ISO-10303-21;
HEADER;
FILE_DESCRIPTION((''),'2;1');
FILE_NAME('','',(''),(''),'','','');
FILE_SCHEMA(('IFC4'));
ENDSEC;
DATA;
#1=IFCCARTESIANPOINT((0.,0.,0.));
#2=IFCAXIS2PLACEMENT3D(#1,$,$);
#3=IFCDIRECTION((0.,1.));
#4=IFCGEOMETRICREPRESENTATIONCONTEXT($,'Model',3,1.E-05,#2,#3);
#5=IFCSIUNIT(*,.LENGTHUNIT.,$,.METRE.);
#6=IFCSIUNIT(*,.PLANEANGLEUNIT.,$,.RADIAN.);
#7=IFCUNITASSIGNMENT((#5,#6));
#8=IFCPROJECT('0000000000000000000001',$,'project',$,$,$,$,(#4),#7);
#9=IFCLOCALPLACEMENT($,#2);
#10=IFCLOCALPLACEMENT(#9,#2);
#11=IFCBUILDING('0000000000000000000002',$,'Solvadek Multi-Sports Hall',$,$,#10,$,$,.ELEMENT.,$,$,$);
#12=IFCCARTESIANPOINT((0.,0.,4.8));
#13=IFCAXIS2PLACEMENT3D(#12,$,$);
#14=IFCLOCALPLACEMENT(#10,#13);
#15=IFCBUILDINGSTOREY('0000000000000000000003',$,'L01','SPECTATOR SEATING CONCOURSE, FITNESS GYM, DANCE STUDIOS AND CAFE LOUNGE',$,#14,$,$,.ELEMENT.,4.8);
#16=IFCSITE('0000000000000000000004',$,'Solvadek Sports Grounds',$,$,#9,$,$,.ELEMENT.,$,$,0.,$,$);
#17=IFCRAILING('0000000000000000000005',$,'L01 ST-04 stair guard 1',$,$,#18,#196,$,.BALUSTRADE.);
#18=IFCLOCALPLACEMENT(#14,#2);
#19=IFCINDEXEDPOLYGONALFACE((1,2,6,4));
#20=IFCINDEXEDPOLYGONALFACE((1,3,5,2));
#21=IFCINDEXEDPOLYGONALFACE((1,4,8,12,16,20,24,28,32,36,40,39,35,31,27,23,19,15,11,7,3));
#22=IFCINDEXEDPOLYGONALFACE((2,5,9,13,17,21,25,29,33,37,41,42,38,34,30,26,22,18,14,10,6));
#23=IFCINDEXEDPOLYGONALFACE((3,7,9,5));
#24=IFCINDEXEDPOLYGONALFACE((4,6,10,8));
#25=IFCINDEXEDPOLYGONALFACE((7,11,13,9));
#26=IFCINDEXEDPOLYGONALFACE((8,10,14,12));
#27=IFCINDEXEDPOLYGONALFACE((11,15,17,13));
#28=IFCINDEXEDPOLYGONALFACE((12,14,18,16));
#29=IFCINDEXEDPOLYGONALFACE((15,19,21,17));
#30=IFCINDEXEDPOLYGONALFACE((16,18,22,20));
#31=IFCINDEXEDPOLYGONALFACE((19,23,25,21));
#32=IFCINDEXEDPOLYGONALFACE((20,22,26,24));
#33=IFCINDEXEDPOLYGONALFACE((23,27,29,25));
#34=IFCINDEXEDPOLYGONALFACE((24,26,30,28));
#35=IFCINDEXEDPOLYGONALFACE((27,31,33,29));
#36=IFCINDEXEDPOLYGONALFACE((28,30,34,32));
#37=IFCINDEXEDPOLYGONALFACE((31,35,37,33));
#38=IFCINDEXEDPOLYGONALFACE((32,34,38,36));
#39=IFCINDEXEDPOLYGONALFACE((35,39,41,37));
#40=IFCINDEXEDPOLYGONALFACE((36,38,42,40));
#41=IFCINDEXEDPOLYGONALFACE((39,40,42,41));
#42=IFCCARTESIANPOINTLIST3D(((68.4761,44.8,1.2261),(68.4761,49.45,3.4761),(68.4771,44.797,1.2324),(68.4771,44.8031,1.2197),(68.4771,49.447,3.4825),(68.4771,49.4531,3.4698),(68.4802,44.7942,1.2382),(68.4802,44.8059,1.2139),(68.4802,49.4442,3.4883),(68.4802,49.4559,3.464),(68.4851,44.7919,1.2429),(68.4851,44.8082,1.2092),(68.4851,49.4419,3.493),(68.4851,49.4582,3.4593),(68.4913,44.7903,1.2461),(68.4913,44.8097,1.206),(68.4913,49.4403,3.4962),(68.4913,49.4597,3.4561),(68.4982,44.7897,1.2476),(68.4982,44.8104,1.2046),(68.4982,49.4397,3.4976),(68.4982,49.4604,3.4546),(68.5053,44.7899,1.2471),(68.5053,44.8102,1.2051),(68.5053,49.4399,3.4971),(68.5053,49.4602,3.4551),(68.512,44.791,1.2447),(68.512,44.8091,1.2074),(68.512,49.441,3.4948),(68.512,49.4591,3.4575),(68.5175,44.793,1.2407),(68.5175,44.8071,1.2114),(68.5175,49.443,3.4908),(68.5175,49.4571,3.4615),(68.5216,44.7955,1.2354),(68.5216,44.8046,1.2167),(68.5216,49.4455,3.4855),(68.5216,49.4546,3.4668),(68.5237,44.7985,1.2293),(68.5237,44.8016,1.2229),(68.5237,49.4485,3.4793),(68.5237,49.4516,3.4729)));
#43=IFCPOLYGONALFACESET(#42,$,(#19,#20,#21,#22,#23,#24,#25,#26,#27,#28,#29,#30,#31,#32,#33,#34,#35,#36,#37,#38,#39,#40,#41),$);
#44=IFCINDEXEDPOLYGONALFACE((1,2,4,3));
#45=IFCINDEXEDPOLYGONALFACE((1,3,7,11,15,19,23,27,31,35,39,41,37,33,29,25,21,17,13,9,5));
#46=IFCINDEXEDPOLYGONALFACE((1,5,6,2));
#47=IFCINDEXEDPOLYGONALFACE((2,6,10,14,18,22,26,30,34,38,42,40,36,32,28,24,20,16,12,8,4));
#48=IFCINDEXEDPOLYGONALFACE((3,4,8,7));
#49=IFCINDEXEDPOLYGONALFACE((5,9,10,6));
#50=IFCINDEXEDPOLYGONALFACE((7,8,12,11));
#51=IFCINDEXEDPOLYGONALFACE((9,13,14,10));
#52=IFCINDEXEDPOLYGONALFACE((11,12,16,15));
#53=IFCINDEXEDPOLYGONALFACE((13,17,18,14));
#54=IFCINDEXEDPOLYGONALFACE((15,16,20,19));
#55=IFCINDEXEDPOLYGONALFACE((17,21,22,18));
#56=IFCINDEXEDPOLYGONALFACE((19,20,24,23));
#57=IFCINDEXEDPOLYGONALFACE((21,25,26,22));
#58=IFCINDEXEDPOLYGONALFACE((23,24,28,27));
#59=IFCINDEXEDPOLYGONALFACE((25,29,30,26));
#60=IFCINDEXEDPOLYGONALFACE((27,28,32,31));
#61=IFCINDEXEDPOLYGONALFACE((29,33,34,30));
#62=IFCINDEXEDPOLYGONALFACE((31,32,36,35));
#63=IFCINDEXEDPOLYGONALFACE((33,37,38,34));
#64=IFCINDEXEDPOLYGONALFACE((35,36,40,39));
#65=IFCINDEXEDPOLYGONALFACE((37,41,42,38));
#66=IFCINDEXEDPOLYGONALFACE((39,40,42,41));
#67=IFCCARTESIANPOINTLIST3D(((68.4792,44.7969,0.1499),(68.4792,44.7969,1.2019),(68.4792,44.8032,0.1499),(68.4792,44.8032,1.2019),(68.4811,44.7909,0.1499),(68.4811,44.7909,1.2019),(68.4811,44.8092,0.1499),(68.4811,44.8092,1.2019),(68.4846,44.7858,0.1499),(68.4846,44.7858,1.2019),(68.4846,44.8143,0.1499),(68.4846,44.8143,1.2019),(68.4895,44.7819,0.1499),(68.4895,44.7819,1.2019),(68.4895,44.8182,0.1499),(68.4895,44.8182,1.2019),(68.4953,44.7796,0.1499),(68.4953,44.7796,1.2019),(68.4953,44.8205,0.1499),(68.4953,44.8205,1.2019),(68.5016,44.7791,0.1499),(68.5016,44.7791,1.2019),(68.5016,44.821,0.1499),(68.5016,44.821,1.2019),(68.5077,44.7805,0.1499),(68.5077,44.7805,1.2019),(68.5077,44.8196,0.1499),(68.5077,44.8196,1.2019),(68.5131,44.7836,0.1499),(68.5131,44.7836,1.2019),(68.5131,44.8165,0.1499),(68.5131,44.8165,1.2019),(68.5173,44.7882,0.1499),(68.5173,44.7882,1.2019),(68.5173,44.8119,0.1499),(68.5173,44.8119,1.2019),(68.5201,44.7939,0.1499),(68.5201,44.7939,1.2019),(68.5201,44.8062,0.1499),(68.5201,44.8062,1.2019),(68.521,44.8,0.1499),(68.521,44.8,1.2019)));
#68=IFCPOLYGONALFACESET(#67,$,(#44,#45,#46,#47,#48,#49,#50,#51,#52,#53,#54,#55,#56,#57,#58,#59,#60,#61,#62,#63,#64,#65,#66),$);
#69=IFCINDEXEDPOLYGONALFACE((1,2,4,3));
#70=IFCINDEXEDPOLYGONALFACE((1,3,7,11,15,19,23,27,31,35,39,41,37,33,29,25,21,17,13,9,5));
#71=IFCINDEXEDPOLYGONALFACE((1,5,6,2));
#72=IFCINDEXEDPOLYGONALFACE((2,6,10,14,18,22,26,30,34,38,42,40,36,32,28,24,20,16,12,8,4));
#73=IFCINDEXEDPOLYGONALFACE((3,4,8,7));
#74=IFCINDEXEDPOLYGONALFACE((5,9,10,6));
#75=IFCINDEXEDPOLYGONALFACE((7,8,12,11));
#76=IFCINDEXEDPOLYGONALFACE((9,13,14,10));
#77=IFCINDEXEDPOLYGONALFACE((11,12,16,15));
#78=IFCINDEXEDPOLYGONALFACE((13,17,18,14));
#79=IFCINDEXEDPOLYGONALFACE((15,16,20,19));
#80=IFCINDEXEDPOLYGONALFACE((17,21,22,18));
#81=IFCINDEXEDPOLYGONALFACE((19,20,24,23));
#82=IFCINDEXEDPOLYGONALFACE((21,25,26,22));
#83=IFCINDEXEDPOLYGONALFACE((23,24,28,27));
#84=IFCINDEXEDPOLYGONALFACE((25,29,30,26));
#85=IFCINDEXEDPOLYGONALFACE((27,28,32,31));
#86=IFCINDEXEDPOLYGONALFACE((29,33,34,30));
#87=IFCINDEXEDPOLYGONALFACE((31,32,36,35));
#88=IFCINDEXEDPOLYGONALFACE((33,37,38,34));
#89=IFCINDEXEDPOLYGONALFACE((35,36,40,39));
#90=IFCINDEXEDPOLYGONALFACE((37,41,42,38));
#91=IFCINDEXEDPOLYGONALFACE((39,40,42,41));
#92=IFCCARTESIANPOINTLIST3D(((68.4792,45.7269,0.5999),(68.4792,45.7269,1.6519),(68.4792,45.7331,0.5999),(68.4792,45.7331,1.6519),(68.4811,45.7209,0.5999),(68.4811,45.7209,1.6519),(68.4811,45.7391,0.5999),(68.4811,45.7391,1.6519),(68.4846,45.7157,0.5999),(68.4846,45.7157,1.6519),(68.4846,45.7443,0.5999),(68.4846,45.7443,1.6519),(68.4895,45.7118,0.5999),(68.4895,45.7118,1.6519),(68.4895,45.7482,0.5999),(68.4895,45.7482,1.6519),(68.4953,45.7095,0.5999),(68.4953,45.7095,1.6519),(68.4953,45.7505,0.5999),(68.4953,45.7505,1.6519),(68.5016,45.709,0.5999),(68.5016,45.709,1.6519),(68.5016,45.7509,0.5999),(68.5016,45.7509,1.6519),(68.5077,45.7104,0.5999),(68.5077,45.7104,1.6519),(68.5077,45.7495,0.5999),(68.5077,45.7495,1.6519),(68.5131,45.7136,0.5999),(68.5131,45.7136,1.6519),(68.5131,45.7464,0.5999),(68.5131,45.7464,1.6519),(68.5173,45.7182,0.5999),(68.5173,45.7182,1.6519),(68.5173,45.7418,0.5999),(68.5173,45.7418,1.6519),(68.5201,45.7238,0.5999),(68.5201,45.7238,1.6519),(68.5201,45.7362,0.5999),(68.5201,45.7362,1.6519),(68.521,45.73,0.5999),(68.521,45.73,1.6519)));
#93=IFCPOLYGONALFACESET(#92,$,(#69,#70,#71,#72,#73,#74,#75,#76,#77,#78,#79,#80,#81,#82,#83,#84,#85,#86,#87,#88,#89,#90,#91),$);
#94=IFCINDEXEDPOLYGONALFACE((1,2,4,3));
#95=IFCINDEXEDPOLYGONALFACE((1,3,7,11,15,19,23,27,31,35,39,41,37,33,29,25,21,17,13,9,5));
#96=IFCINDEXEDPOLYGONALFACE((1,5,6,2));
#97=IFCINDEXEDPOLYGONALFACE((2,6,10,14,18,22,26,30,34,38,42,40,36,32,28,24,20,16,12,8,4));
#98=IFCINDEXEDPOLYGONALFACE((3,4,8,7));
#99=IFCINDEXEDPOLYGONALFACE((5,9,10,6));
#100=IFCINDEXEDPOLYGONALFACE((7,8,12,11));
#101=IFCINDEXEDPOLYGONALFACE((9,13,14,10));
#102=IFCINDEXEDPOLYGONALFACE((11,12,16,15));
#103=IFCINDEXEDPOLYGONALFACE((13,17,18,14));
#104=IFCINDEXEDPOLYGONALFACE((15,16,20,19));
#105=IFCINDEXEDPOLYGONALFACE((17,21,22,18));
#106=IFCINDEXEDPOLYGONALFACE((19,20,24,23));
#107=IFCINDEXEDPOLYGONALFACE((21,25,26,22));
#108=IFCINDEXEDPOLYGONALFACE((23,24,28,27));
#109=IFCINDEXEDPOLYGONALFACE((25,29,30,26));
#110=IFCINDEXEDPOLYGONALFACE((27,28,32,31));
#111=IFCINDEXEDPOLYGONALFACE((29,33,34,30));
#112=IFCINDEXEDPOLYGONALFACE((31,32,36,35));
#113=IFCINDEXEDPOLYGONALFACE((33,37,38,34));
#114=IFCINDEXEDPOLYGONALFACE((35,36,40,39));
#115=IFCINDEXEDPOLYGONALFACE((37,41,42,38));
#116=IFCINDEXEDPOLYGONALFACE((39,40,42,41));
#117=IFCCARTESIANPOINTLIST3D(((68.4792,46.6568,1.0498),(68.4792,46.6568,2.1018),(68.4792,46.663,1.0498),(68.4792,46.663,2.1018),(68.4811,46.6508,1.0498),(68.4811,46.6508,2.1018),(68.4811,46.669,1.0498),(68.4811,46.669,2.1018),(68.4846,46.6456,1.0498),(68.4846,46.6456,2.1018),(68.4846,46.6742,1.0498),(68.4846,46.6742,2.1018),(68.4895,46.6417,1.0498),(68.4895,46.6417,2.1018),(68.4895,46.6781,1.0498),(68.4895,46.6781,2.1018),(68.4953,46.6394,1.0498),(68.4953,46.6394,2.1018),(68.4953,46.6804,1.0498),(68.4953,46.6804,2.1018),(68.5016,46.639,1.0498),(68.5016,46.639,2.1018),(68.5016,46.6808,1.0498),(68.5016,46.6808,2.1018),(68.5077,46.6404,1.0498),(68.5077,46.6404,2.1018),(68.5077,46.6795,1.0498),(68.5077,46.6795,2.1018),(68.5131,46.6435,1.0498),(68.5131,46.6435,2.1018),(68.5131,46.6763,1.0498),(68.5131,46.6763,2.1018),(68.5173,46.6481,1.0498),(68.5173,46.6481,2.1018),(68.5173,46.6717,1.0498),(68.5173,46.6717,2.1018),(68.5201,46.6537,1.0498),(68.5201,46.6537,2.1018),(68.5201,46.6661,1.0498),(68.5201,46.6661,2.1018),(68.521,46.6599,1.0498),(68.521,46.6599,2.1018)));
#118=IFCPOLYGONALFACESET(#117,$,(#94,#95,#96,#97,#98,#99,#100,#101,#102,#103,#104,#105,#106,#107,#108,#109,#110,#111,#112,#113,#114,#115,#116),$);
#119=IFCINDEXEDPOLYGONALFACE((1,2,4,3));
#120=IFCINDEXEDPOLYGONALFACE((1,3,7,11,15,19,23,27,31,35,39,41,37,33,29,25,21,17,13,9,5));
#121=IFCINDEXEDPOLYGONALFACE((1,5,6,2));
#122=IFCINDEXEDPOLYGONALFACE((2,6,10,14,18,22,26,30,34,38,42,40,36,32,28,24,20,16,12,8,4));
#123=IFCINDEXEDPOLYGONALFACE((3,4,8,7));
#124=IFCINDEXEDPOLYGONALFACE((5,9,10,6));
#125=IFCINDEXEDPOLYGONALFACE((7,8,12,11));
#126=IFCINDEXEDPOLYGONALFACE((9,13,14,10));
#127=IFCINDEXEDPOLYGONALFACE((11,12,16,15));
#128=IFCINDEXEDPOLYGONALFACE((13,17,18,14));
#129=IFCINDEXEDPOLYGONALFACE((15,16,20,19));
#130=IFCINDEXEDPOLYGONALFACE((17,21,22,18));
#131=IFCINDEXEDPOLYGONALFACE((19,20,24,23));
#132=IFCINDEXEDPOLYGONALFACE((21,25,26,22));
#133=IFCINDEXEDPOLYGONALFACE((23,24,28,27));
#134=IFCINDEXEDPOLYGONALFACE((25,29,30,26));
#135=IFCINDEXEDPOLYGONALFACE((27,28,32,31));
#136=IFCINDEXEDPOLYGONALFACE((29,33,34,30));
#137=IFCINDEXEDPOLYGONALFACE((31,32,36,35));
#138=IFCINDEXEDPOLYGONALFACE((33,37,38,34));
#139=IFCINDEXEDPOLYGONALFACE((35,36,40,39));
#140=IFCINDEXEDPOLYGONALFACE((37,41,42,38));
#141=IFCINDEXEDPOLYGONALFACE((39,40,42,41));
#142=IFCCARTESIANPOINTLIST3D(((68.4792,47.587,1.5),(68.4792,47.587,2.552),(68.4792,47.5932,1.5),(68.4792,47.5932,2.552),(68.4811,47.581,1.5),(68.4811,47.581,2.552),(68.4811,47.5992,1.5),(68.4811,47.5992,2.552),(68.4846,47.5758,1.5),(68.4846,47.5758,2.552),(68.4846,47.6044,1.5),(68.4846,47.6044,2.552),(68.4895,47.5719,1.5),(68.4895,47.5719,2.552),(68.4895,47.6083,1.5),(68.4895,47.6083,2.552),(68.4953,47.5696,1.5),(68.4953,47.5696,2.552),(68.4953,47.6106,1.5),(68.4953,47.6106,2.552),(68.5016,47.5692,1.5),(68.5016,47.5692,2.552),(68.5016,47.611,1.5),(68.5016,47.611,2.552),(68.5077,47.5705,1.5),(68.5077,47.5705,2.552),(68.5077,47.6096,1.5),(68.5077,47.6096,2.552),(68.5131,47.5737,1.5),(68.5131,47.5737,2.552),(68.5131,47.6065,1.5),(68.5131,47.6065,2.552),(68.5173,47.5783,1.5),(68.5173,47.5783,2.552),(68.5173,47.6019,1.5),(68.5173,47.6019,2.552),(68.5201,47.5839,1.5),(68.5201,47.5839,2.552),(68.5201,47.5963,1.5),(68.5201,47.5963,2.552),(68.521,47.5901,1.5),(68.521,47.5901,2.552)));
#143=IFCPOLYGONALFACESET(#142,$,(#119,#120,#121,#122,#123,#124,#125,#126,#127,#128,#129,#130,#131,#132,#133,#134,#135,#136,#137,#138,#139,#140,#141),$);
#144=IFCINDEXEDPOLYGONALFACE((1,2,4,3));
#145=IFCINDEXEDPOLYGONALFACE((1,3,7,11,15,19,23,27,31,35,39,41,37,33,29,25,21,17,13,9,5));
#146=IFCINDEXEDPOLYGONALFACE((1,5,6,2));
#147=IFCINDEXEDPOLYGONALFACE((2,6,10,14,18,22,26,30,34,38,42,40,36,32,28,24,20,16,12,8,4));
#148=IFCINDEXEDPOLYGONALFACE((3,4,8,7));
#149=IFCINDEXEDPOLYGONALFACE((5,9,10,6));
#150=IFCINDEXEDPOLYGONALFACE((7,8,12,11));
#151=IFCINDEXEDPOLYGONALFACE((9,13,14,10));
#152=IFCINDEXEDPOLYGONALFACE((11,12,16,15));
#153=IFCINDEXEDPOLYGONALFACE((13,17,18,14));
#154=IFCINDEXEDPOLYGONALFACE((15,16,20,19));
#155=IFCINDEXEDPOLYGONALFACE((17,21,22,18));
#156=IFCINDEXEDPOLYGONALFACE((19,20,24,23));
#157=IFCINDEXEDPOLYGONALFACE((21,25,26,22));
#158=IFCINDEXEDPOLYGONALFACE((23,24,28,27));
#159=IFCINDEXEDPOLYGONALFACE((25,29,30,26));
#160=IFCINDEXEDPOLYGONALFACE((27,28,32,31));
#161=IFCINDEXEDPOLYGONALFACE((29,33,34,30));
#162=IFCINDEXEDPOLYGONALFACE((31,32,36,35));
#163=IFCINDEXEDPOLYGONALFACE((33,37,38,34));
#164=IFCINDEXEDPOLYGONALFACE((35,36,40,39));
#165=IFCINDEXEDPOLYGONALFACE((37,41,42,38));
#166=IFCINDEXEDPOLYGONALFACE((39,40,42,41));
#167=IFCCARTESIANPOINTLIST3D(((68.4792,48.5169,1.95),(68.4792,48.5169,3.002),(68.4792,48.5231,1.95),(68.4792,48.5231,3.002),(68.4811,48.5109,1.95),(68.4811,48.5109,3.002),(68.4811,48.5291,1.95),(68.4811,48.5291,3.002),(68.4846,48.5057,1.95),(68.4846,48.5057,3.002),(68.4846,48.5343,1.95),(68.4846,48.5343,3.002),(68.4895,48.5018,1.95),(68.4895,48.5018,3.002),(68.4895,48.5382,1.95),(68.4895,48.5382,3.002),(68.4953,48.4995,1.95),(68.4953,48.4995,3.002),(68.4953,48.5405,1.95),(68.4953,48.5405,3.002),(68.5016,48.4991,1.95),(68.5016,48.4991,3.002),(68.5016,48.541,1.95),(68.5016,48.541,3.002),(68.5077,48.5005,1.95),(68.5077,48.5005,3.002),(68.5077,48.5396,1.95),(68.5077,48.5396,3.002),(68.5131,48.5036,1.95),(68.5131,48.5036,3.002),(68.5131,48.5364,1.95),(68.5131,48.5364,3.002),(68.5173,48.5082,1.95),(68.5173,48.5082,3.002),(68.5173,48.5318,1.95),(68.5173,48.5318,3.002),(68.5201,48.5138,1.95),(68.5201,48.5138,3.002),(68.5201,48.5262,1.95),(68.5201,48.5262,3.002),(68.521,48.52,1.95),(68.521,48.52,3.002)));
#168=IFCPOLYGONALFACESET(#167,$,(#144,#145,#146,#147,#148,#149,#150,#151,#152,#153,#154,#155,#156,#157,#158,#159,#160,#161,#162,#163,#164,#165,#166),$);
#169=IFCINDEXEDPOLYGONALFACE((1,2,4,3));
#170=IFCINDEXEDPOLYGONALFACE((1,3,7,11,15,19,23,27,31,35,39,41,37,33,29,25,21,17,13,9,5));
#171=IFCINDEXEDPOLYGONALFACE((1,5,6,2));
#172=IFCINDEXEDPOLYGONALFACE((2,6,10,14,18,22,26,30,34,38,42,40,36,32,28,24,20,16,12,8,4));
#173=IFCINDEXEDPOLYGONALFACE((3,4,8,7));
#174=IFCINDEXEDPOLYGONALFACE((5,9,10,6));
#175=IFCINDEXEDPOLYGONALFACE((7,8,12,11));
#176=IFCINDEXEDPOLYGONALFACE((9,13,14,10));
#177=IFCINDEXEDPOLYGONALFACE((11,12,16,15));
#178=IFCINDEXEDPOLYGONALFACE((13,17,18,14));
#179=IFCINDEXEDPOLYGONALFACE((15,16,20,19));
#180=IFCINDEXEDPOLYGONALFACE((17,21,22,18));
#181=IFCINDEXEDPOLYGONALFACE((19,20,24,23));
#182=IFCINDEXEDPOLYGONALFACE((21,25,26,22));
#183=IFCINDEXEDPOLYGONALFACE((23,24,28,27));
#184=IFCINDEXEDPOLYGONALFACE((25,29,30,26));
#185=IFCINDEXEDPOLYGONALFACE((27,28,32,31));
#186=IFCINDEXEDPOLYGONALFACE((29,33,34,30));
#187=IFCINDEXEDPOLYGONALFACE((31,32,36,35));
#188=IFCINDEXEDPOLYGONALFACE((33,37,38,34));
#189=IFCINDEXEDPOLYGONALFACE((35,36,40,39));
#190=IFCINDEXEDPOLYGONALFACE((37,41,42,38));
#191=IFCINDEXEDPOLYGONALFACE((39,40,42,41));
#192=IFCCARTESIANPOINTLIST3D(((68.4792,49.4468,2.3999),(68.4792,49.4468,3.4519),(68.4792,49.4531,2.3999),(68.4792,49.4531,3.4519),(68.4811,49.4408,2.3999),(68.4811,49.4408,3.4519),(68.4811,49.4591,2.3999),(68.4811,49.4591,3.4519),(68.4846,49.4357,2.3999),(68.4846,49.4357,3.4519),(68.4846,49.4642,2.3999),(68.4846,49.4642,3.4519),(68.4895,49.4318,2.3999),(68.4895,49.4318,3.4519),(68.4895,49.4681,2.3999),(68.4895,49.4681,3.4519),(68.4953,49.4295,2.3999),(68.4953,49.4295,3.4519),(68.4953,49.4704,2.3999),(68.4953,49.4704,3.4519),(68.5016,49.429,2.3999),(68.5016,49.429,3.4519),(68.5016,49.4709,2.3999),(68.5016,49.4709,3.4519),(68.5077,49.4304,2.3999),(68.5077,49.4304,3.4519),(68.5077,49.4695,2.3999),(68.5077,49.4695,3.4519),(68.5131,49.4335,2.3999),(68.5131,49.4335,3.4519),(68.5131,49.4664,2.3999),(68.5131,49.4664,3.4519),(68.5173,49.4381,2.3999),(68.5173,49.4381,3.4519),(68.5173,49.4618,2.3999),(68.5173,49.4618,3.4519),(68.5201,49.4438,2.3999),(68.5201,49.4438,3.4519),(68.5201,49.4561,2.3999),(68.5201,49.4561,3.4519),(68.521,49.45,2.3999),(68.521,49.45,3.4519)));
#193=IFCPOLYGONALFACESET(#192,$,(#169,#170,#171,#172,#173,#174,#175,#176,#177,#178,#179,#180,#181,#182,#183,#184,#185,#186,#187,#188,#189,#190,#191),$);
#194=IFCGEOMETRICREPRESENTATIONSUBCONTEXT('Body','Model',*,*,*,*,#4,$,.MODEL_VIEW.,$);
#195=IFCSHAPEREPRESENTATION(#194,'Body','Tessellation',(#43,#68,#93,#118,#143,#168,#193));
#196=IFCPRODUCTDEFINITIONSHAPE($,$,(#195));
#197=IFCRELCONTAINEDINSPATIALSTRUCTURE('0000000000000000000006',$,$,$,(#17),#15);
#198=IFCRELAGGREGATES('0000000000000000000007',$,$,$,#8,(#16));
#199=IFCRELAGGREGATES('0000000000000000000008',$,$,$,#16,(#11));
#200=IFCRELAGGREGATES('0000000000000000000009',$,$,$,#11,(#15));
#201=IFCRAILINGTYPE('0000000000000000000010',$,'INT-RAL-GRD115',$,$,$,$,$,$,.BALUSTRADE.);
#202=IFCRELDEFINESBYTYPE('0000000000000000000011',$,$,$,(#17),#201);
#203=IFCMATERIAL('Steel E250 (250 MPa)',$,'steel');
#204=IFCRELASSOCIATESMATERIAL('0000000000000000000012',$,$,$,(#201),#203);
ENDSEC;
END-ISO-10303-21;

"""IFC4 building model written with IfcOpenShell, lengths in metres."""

from ifc_helpers import new_model, si_unit, direction, frame, origin, origin_2d, place, context, subcontext, project, spatial, circle, extrude, material, type_object, element, save


model = new_model("IFC4")

# Units and contexts
model_context = context("Model", 3, precision=1e-05, world=origin(), true_north=direction((0.0, 1.0)))
body_context = subcontext(model_context, "Body", "Model", "MODEL_VIEW")
ifc_project = project(units=[si_unit("LENGTHUNIT", "METRE"), si_unit("PLANEANGLEUNIT", "RADIAN")], contexts=[model_context])

# Site, building, storey
site_placement = place(None, origin())
site = spatial("IfcSite", under=ifc_project, at=site_placement, Name="Solvadek Sports Grounds", CompositionType="ELEMENT", RefElevation=0.0)
building_placement = place(site_placement, origin())
building = spatial("IfcBuilding", under=site, at=building_placement, Name="Solvadek Multi-Sports Hall", CompositionType="ELEMENT")
storey_placement = place(building_placement, frame((0.0, 0.0, 4.8)))
storey = spatial("IfcBuildingStorey", under=building, at=storey_placement, Name="L01", Description="SPECTATOR SEATING CONCOURSE, FITNESS GYM, DANCE STUDIOS AND CAFE LOUNGE", CompositionType="ELEMENT", Elevation=4.8)

# Railing
ifc_material_1 = material(Name="Steel E250 (250 MPa)", Category="steel")
railing_type_1 = type_object("IfcRailingType", Name="INT-RAL-GRD115", PredefinedType="BALUSTRADE", material=ifc_material_1)
railing_1_placement = place(storey_placement, frame((68.5, 44.8, 0.1499)))
element("IfcRailing", 1, at=railing_1_placement, inside=storey, type_object=railing_type_1, Name="L01 ST-04 stair guard 1", PredefinedType="BALUSTRADE", context=body_context, shape_type="SweptSolid", body=[
    extrude(circle(Radius=0.0239, at=origin_2d()), frame((0.0, 0.0, 1.0762), z_axis=(0.0, 0.900156, 0.435568), x_axis=(-1.0, 0.0, 0.0)), (0.0, 0.0, 1.0), 5.1658),
    extrude(circle(Radius=0.021, at=origin_2d()), origin(), (0.0, 0.0, 1.0), 1.052),
    extrude(circle(Radius=0.021, at=origin_2d()), frame((0.0, 0.9299, 0.45)), (0.0, 0.0, 1.0), 1.052),
    extrude(circle(Radius=0.021, at=origin_2d()), frame((0.0, 1.8599, 0.8999)), (0.0, 0.0, 1.0), 1.052),
    extrude(circle(Radius=0.021, at=origin_2d()), frame((0.0, 2.79, 1.3501)), (0.0, 0.0, 1.0), 1.052),
    extrude(circle(Radius=0.021, at=origin_2d()), frame((0.0, 3.72, 1.8)), (0.0, 0.0, 1.0), 1.052),
    extrude(circle(Radius=0.021, at=origin_2d()), frame((0.0, 4.6499, 2.25)), (0.0, 0.0, 1.0), 1.052),
])

save(model, "model.ifc")
